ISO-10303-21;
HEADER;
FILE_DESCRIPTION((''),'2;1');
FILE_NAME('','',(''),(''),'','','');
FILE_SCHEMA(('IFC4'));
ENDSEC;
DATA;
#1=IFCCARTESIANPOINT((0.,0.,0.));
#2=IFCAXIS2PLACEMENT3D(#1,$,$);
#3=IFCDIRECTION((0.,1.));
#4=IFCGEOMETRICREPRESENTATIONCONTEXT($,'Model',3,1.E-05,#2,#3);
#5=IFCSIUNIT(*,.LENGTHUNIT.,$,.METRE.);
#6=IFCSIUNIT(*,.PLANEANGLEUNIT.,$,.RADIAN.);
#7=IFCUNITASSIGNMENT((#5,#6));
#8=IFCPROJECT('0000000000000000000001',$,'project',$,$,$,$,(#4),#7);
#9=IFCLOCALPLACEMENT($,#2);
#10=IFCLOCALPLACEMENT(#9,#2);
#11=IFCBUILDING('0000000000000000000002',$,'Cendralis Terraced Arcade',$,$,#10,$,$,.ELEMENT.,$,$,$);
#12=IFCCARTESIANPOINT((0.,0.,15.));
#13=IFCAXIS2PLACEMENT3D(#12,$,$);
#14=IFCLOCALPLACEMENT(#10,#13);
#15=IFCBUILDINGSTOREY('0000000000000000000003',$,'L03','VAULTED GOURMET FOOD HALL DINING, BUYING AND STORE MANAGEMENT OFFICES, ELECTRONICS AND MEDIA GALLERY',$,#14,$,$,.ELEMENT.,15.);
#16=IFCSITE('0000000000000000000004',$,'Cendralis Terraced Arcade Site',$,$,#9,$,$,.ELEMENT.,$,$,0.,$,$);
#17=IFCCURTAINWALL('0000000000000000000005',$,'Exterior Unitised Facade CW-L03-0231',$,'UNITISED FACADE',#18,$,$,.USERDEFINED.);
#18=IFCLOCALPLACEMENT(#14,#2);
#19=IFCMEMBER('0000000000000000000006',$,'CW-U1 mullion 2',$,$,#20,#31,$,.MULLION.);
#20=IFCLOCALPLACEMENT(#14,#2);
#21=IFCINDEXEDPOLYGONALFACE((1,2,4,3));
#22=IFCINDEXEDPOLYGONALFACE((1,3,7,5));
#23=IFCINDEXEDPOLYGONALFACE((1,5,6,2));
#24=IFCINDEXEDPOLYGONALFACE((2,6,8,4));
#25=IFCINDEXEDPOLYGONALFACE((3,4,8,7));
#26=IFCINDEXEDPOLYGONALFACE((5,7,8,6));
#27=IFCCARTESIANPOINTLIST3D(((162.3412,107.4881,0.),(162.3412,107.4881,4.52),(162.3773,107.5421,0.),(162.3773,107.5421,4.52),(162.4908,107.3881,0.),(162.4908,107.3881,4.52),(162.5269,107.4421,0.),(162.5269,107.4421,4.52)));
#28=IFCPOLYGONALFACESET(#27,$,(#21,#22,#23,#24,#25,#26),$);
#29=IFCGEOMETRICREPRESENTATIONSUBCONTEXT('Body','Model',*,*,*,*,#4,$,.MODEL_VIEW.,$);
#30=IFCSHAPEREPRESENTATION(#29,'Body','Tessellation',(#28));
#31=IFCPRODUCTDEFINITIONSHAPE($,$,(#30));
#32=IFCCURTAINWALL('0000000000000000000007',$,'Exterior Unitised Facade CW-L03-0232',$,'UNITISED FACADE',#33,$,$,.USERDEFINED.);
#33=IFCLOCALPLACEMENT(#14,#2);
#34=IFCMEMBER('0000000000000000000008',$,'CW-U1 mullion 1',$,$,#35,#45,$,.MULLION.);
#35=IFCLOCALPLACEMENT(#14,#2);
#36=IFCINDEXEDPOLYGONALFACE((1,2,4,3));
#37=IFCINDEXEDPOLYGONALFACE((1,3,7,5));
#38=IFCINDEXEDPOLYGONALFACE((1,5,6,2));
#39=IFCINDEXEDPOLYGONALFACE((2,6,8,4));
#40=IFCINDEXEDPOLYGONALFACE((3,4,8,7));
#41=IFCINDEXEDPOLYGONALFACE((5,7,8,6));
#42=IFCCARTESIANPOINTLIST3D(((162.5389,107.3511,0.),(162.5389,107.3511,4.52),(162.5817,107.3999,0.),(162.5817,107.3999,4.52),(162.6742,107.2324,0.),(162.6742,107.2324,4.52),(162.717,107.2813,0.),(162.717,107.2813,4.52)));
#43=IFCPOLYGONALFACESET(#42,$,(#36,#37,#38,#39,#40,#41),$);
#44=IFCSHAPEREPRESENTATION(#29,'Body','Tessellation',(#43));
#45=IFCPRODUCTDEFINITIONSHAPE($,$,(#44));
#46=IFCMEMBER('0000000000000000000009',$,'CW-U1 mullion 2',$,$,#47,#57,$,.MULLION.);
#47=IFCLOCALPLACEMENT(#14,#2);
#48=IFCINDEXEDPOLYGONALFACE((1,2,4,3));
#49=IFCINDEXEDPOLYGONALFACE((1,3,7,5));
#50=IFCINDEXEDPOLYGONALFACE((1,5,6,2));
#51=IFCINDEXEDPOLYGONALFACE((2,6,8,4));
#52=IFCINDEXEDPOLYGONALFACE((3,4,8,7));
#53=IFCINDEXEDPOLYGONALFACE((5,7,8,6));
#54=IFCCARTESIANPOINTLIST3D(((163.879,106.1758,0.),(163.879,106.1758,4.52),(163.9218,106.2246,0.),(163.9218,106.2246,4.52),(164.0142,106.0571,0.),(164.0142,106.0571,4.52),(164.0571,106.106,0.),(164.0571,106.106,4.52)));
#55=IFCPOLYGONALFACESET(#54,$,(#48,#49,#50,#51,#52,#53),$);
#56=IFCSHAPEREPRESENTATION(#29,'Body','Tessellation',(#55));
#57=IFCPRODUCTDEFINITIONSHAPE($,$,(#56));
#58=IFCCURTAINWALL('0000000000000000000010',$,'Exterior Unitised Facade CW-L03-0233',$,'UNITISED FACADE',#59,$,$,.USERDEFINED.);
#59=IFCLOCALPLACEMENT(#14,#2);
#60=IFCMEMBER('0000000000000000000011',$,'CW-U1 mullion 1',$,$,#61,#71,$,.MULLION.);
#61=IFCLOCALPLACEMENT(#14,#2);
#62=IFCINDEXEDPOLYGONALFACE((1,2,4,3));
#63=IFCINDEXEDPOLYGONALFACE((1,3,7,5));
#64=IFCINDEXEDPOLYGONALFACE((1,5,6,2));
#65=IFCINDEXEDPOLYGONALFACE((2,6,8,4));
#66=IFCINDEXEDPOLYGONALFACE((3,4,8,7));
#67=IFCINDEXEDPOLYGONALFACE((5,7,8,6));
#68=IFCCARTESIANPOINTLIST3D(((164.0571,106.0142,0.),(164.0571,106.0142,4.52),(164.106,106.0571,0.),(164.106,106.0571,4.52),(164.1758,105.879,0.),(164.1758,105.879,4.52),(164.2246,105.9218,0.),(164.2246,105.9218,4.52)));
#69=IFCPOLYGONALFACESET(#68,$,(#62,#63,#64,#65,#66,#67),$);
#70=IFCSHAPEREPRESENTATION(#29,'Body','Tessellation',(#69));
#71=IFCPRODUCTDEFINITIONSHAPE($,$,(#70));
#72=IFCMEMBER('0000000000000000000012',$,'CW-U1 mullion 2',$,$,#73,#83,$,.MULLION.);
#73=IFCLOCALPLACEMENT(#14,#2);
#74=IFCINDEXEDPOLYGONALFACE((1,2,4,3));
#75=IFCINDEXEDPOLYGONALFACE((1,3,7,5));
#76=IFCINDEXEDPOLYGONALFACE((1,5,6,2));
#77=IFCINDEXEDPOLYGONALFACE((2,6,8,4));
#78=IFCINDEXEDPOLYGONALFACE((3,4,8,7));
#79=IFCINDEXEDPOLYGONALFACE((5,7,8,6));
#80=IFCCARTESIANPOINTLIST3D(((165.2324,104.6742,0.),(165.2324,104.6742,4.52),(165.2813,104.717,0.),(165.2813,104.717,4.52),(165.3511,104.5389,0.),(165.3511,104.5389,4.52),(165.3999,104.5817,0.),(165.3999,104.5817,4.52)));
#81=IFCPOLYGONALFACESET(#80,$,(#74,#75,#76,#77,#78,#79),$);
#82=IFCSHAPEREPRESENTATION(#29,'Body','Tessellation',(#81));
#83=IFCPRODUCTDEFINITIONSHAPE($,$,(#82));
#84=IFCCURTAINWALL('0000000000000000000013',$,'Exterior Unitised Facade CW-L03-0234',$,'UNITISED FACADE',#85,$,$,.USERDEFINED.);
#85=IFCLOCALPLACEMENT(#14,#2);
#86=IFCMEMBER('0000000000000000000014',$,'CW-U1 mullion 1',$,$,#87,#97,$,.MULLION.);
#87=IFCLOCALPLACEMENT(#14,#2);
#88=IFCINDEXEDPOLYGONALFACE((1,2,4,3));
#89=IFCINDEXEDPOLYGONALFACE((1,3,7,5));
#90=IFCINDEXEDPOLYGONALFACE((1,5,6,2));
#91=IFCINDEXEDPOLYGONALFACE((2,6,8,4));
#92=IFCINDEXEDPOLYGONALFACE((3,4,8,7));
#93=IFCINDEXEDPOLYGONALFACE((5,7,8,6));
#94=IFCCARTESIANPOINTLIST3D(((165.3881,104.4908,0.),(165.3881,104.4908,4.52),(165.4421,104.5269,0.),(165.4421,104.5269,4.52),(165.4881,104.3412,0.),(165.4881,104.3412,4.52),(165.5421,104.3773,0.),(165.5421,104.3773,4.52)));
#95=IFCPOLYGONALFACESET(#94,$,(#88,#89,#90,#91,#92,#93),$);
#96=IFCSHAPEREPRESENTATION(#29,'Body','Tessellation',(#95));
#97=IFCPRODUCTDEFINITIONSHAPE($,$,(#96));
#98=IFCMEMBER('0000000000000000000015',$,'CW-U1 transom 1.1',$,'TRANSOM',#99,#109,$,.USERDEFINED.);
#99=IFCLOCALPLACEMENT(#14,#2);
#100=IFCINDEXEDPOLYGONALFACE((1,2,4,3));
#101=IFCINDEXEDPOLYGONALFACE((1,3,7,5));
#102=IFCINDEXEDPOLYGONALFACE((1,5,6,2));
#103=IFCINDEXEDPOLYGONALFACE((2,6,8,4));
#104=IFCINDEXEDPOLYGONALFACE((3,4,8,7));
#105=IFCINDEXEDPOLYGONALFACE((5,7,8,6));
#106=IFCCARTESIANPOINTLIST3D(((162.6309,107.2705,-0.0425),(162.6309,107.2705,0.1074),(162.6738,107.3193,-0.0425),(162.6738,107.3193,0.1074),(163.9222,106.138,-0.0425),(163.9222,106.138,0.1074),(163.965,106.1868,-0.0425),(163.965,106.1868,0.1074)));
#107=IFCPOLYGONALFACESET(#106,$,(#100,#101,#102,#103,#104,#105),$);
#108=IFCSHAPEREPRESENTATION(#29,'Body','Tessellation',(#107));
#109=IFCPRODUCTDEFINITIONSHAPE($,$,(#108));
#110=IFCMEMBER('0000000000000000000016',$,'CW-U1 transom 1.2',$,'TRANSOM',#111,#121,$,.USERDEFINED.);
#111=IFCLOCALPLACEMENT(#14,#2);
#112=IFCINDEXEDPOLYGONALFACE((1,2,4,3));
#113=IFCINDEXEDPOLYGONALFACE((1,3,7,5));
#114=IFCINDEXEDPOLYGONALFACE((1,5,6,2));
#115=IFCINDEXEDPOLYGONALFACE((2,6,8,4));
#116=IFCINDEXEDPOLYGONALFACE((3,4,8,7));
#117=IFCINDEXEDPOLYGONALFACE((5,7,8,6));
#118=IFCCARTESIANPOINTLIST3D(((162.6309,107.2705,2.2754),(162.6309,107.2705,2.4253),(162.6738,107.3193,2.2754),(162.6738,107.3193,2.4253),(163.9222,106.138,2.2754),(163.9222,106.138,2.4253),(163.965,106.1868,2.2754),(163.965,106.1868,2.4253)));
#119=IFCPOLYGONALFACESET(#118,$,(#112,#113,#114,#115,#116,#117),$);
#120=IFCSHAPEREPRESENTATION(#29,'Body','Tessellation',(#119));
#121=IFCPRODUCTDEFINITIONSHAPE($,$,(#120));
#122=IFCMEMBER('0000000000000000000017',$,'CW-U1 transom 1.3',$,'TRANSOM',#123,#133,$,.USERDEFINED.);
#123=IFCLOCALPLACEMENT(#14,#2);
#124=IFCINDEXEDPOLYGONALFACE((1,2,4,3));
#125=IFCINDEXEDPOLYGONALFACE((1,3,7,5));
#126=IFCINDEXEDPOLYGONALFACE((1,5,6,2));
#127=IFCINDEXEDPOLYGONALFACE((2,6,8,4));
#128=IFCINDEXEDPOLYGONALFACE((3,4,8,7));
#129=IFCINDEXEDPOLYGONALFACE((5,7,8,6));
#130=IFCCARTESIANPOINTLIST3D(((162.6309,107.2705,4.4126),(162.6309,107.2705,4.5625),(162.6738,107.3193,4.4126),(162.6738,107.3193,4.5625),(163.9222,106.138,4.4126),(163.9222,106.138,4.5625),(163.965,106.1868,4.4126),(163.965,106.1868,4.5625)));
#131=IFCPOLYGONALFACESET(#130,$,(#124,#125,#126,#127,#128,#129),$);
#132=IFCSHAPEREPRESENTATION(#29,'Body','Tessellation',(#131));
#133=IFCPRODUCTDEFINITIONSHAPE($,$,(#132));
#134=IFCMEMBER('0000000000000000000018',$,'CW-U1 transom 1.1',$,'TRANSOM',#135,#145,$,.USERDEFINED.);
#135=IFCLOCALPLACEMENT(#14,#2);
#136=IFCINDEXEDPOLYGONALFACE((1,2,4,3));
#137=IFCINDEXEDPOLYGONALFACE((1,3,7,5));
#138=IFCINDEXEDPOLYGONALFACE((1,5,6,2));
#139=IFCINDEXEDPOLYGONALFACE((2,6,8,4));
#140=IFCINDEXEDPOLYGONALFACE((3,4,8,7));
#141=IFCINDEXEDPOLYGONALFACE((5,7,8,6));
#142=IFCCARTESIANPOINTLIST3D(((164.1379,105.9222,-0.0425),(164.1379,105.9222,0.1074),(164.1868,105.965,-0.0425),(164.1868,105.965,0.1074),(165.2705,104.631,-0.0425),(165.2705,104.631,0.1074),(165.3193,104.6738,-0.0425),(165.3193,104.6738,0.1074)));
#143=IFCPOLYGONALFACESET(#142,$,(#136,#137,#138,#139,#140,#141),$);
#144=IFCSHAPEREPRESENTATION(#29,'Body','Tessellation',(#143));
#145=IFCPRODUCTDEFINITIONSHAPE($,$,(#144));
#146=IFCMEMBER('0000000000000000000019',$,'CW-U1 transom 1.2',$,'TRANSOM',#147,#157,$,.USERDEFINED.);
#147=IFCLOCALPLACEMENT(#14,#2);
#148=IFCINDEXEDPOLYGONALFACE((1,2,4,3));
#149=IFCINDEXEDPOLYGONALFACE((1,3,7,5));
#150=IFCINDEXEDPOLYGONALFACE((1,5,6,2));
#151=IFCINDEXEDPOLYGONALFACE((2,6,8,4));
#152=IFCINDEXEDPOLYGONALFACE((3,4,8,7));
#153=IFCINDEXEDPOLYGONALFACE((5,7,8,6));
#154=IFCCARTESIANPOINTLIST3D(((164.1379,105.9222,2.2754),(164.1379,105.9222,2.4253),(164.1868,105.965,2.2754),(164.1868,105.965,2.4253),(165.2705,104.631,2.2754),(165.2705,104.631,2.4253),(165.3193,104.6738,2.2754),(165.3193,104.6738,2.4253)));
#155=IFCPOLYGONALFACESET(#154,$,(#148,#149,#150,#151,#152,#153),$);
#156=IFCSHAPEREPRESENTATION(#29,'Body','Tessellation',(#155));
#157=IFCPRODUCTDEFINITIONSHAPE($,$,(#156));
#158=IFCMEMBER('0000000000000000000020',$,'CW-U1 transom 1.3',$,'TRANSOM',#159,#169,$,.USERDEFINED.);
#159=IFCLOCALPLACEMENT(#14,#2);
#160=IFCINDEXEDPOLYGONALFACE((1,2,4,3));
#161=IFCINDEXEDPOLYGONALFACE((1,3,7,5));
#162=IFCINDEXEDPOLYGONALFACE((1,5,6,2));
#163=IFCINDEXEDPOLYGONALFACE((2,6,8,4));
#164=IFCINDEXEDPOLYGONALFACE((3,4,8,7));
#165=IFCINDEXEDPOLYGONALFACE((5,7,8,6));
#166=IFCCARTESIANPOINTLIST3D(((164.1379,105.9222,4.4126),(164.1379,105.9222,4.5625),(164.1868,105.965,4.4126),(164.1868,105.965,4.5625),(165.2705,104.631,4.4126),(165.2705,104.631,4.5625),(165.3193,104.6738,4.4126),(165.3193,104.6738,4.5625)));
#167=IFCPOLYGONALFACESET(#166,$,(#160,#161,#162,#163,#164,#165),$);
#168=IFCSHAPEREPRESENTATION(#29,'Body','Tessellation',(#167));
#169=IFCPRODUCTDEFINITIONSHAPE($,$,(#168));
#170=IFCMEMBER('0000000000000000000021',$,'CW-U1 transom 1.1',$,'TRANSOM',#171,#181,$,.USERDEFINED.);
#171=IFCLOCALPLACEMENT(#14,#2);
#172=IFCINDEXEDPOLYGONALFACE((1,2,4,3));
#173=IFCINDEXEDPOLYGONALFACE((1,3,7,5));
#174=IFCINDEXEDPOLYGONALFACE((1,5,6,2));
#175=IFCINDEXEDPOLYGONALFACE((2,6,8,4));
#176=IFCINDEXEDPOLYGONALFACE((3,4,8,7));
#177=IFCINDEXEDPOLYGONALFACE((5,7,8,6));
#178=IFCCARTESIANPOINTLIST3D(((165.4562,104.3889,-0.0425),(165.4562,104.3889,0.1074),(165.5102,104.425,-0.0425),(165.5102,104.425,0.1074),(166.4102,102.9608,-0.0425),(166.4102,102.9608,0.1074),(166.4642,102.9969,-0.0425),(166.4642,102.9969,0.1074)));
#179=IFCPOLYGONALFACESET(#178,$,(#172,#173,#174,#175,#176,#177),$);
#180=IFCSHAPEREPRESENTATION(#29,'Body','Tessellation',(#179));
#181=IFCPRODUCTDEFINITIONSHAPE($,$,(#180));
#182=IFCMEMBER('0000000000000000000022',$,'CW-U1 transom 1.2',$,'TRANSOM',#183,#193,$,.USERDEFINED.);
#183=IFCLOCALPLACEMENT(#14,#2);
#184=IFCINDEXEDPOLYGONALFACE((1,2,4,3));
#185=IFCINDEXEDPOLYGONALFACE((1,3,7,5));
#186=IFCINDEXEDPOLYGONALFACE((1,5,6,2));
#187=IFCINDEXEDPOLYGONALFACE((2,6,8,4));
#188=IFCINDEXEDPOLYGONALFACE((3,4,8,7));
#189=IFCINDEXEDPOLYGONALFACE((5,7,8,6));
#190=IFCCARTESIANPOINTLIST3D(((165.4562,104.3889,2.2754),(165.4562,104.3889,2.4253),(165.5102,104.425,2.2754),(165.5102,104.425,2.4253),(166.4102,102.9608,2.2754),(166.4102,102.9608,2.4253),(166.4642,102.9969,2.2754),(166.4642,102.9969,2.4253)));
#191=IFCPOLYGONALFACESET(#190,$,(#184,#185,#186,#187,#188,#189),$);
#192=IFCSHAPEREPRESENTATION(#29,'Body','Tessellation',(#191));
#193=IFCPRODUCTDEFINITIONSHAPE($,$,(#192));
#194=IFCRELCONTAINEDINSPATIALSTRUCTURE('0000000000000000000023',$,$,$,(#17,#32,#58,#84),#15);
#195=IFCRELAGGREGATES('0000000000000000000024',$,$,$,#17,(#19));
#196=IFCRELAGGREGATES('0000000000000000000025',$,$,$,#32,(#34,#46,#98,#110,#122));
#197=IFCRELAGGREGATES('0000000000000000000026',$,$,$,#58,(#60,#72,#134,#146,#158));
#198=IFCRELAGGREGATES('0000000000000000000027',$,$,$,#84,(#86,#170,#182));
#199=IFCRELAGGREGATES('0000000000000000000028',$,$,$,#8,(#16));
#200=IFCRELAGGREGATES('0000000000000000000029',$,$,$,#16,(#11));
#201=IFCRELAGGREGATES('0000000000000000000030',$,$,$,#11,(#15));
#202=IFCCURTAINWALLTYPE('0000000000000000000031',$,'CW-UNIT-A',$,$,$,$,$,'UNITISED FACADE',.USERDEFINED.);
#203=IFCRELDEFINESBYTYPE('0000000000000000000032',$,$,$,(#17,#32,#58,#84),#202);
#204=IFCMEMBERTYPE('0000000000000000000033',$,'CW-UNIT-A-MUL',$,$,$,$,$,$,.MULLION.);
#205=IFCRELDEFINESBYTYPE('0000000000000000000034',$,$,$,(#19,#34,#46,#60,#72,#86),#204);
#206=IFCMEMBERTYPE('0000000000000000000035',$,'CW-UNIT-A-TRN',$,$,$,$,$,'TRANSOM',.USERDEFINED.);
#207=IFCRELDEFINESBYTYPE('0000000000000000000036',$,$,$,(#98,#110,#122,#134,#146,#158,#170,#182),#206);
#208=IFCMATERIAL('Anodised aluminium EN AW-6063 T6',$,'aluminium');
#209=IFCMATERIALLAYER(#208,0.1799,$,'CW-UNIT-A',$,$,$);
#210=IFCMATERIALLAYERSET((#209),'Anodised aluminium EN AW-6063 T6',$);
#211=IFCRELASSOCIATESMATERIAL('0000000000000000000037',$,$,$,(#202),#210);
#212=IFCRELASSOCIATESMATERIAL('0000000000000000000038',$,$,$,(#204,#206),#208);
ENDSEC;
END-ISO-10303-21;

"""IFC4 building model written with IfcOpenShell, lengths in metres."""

from ifc_helpers import new_model, si_unit, direction, frame, origin, origin_2d, place, context, subcontext, project, spatial, rectangle, extrude, material, layer, layer_set, material_profile, profile_set, type_object, element, aggregate, save


model = new_model("IFC4")

# Units and contexts
model_context = context("Model", 3, precision=1e-05, world=origin(), true_north=direction((0.0, 1.0)))
body_context = subcontext(model_context, "Body", "Model", "MODEL_VIEW")
ifc_project = project(units=[si_unit("LENGTHUNIT", "METRE"), si_unit("PLANEANGLEUNIT", "RADIAN")], contexts=[model_context])

# Site, building, storey
site_placement = place(None, origin())
site = spatial("IfcSite", under=ifc_project, at=site_placement, Name="Cendralis Terraced Arcade Site", CompositionType="ELEMENT", RefElevation=0.0)
building_placement = place(site_placement, origin())
building = spatial("IfcBuilding", under=site, at=building_placement, Name="Cendralis Terraced Arcade", CompositionType="ELEMENT")
storey_placement = place(building_placement, frame((0.0, 0.0, 15.0)))
storey = spatial("IfcBuildingStorey", under=building, at=storey_placement, Name="L03", Description="VAULTED GOURMET FOOD HALL DINING, BUYING AND STORE MANAGEMENT OFFICES, ELECTRONICS AND MEDIA GALLERY", CompositionType="ELEMENT", Elevation=15.0)

# Curtain wall, member
ifc_material_1 = material(Name="Anodised aluminium EN AW-6063 T6", Category="aluminium")
ifc_layer_1 = layer(ifc_material_1, 0.1799, Name="CW-UNIT-A")
ifc_layer_set_1 = layer_set([ifc_layer_1], Name="Anodised aluminium EN AW-6063 T6")
curtain_wall_type = type_object("IfcCurtainWallType", Name="CW-UNIT-A", ElementType="UNITISED FACADE", PredefinedType="USERDEFINED", material=ifc_layer_set_1)
curtain_wall_1_placement = place(storey_placement, origin())
curtain_wall_1 = element("IfcCurtainWall", 1, at=curtain_wall_1_placement, inside=storey, type_object=curtain_wall_type, Name="Exterior Unitised Facade CW-L03-0231", ObjectType="UNITISED FACADE", PredefinedType="USERDEFINED")
ifc_material_profile_1 = material_profile(ifc_material_1, rectangle(XDim=0.0649, YDim=0.1799, at=origin_2d()), Name="ALU-MUL-65x180")
ifc_profile_set_1 = profile_set([ifc_material_profile_1], Name="Anodised aluminium EN AW-6063 T6")
member_type_1 = type_object("IfcMemberType", Name="CW-UNIT-A-MUL", PredefinedType="MULLION", material=ifc_profile_set_1)
member_1_placement = place(storey_placement, frame((162.4341, 107.4651, 0.0), z_axis=(0.0, 0.0, 1.0), x_axis=(0.555549, 0.831484, 0.0)))
member_1 = element("IfcMember", 2, at=member_1_placement, type_object=member_type_1, Name="CW-U1 mullion 2", PredefinedType="MULLION", context=body_context, shape_type="SweptSolid", body=[
    extrude(rectangle(XDim=0.0649, YDim=0.1799, at=origin_2d()), origin(), (0.0, 0.0, 1.0), 4.52),
])
aggregate(curtain_wall_1, [member_1])

# Curtain walls, members
curtain_wall_2_placement = place(storey_placement, origin())
curtain_wall_2 = element("IfcCurtainWall", 3, at=curtain_wall_2_placement, inside=storey, type_object=curtain_wall_type, Name="Exterior Unitised Facade CW-L03-0232", ObjectType="UNITISED FACADE", PredefinedType="USERDEFINED")
member_2_placement = place(storey_placement, frame((162.6279, 107.3162, 0.0), z_axis=(0.0, 0.0, 1.0), x_axis=(0.65937, 0.751818, 0.0)))
member_2 = element("IfcMember", 4, at=member_2_placement, type_object=member_type_1, Name="CW-U1 mullion 1", PredefinedType="MULLION", context=body_context, shape_type="SweptSolid", body=[
    extrude(rectangle(XDim=0.0649, YDim=0.1799, at=origin_2d()), origin(), (0.0, 0.0, 1.0), 4.52),
])
member_3_placement = place(storey_placement, frame((163.968, 106.1409, 0.0), z_axis=(0.0, 0.0, 1.0), x_axis=(0.65937, 0.751818, 0.0)))
member_3 = element("IfcMember", 5, at=member_3_placement, type_object=member_type_1, Name="CW-U1 mullion 2", PredefinedType="MULLION", context=body_context, shape_type="SweptSolid", body=[
    extrude(rectangle(XDim=0.0649, YDim=0.1799, at=origin_2d()), origin(), (0.0, 0.0, 1.0), 4.52),
])
curtain_wall_3_placement = place(storey_placement, origin())
curtain_wall_3 = element("IfcCurtainWall", 6, at=curtain_wall_3_placement, inside=storey, type_object=curtain_wall_type, Name="Exterior Unitised Facade CW-L03-0233", ObjectType="UNITISED FACADE", PredefinedType="USERDEFINED")
member_4_placement = place(storey_placement, frame((164.1409, 105.968, 0.0), z_axis=(0.0, 0.0, 1.0), x_axis=(0.751818, 0.65937, 0.0)))
member_4 = element("IfcMember", 7, at=member_4_placement, type_object=member_type_1, Name="CW-U1 mullion 1", PredefinedType="MULLION", context=body_context, shape_type="SweptSolid", body=[
    extrude(rectangle(XDim=0.0649, YDim=0.1799, at=origin_2d()), origin(), (0.0, 0.0, 1.0), 4.52),
])
member_5_placement = place(storey_placement, frame((165.3162, 104.6279, 0.0), z_axis=(0.0, 0.0, 1.0), x_axis=(0.751818, 0.65937, 0.0)))
member_5 = element("IfcMember", 8, at=member_5_placement, type_object=member_type_1, Name="CW-U1 mullion 2", PredefinedType="MULLION", context=body_context, shape_type="SweptSolid", body=[
    extrude(rectangle(XDim=0.0649, YDim=0.1799, at=origin_2d()), origin(), (0.0, 0.0, 1.0), 4.52),
])

# Curtain wall, member
curtain_wall_4_placement = place(storey_placement, origin())
curtain_wall_4 = element("IfcCurtainWall", 9, at=curtain_wall_4_placement, inside=storey, type_object=curtain_wall_type, Name="Exterior Unitised Facade CW-L03-0234", ObjectType="UNITISED FACADE", PredefinedType="USERDEFINED")
member_6_placement = place(storey_placement, frame((165.4651, 104.4341, 0.0), z_axis=(0.0, 0.0, 1.0), x_axis=(0.831484, 0.555549, 0.0)))
member_6 = element("IfcMember", 10, at=member_6_placement, type_object=member_type_1, Name="CW-U1 mullion 1", PredefinedType="MULLION", context=body_context, shape_type="SweptSolid", body=[
    extrude(rectangle(XDim=0.0649, YDim=0.1799, at=origin_2d()), origin(), (0.0, 0.0, 1.0), 4.52),
])

# Members
ifc_material_profile_2 = material_profile(ifc_material_1, rectangle(XDim=0.0649, YDim=0.1499, at=origin_2d()), Name="ALU-TRN-65x150")
ifc_profile_set_2 = profile_set([ifc_material_profile_2], Name="Anodised aluminium EN AW-6063 T6")
member_type_2 = type_object("IfcMemberType", Name="CW-UNIT-A-TRN", ElementType="TRANSOM", PredefinedType="USERDEFINED", material=ifc_profile_set_2)
member_7_placement = place(storey_placement, frame((162.6523, 107.2949, 0.0325), z_axis=(0.751792, -0.6594, 0.0), x_axis=(0.6594, 0.751792, 0.0)))
member_7 = element("IfcMember", 11, at=member_7_placement, type_object=member_type_2, Name="CW-U1 transom 1.1", ObjectType="TRANSOM", PredefinedType="USERDEFINED", context=body_context, shape_type="SweptSolid", body=[
    extrude(rectangle(XDim=0.0649, YDim=0.1499, at=origin_2d()), origin(), (0.0, 0.0, 1.0), 1.7175),
])
member_8_placement = place(storey_placement, frame((162.6523, 107.2949, 2.3503), z_axis=(0.751792, -0.6594, 0.0), x_axis=(0.6594, 0.751792, 0.0)))
member_8 = element("IfcMember", 12, at=member_8_placement, type_object=member_type_2, Name="CW-U1 transom 1.2", ObjectType="TRANSOM", PredefinedType="USERDEFINED", context=body_context, shape_type="SweptSolid", body=[
    extrude(rectangle(XDim=0.0649, YDim=0.1499, at=origin_2d()), origin(), (0.0, 0.0, 1.0), 1.7175),
])
member_9_placement = place(storey_placement, frame((162.6523, 107.2949, 4.4875), z_axis=(0.751792, -0.6594, 0.0), x_axis=(0.6594, 0.751792, 0.0)))
member_9 = element("IfcMember", 13, at=member_9_placement, type_object=member_type_2, Name="CW-U1 transom 1.3", ObjectType="TRANSOM", PredefinedType="USERDEFINED", context=body_context, shape_type="SweptSolid", body=[
    extrude(rectangle(XDim=0.0649, YDim=0.1499, at=origin_2d()), origin(), (0.0, 0.0, 1.0), 1.7175),
])
member_10_placement = place(storey_placement, frame((164.1624, 105.9436, 0.0325), z_axis=(0.6594, -0.751792, 0.0), x_axis=(0.751792, 0.6594, 0.0)))
member_10 = element("IfcMember", 14, at=member_10_placement, type_object=member_type_2, Name="CW-U1 transom 1.1", ObjectType="TRANSOM", PredefinedType="USERDEFINED", context=body_context, shape_type="SweptSolid", body=[
    extrude(rectangle(XDim=0.0649, YDim=0.1499, at=origin_2d()), origin(), (0.0, 0.0, 1.0), 1.7175),
])
member_11_placement = place(storey_placement, frame((164.1624, 105.9436, 2.3503), z_axis=(0.6594, -0.751792, 0.0), x_axis=(0.751792, 0.6594, 0.0)))
member_11 = element("IfcMember", 15, at=member_11_placement, type_object=member_type_2, Name="CW-U1 transom 1.2", ObjectType="TRANSOM", PredefinedType="USERDEFINED", context=body_context, shape_type="SweptSolid", body=[
    extrude(rectangle(XDim=0.0649, YDim=0.1499, at=origin_2d()), origin(), (0.0, 0.0, 1.0), 1.7175),
])
member_12_placement = place(storey_placement, frame((164.1624, 105.9436, 4.4875), z_axis=(0.6594, -0.751792, 0.0), x_axis=(0.751792, 0.6594, 0.0)))
member_12 = element("IfcMember", 16, at=member_12_placement, type_object=member_type_2, Name="CW-U1 transom 1.3", ObjectType="TRANSOM", PredefinedType="USERDEFINED", context=body_context, shape_type="SweptSolid", body=[
    extrude(rectangle(XDim=0.0649, YDim=0.1499, at=origin_2d()), origin(), (0.0, 0.0, 1.0), 1.7175),
])
member_13_placement = place(storey_placement, frame((165.4832, 104.407, 0.0325), z_axis=(0.555487, -0.831525, 0.0), x_axis=(0.831525, 0.555487, 0.0)))
member_13 = element("IfcMember", 17, at=member_13_placement, type_object=member_type_2, Name="CW-U1 transom 1.1", ObjectType="TRANSOM", PredefinedType="USERDEFINED", context=body_context, shape_type="SweptSolid", body=[
    extrude(rectangle(XDim=0.0649, YDim=0.1499, at=origin_2d()), origin(), (0.0, 0.0, 1.0), 1.7175),
])
member_14_placement = place(storey_placement, frame((165.4832, 104.407, 2.3503), z_axis=(0.555487, -0.831525, 0.0), x_axis=(0.831525, 0.555487, 0.0)))
member_14 = element("IfcMember", 18, at=member_14_placement, type_object=member_type_2, Name="CW-U1 transom 1.2", ObjectType="TRANSOM", PredefinedType="USERDEFINED", context=body_context, shape_type="SweptSolid", body=[
    extrude(rectangle(XDim=0.0649, YDim=0.1499, at=origin_2d()), origin(), (0.0, 0.0, 1.0), 1.7175),
])

aggregate(curtain_wall_2, [member_2, member_3, member_7, member_8, member_9])
aggregate(curtain_wall_3, [member_4, member_5, member_10, member_11, member_12])
aggregate(curtain_wall_4, [member_6, member_13, member_14])

save(model, "model.ifc")
